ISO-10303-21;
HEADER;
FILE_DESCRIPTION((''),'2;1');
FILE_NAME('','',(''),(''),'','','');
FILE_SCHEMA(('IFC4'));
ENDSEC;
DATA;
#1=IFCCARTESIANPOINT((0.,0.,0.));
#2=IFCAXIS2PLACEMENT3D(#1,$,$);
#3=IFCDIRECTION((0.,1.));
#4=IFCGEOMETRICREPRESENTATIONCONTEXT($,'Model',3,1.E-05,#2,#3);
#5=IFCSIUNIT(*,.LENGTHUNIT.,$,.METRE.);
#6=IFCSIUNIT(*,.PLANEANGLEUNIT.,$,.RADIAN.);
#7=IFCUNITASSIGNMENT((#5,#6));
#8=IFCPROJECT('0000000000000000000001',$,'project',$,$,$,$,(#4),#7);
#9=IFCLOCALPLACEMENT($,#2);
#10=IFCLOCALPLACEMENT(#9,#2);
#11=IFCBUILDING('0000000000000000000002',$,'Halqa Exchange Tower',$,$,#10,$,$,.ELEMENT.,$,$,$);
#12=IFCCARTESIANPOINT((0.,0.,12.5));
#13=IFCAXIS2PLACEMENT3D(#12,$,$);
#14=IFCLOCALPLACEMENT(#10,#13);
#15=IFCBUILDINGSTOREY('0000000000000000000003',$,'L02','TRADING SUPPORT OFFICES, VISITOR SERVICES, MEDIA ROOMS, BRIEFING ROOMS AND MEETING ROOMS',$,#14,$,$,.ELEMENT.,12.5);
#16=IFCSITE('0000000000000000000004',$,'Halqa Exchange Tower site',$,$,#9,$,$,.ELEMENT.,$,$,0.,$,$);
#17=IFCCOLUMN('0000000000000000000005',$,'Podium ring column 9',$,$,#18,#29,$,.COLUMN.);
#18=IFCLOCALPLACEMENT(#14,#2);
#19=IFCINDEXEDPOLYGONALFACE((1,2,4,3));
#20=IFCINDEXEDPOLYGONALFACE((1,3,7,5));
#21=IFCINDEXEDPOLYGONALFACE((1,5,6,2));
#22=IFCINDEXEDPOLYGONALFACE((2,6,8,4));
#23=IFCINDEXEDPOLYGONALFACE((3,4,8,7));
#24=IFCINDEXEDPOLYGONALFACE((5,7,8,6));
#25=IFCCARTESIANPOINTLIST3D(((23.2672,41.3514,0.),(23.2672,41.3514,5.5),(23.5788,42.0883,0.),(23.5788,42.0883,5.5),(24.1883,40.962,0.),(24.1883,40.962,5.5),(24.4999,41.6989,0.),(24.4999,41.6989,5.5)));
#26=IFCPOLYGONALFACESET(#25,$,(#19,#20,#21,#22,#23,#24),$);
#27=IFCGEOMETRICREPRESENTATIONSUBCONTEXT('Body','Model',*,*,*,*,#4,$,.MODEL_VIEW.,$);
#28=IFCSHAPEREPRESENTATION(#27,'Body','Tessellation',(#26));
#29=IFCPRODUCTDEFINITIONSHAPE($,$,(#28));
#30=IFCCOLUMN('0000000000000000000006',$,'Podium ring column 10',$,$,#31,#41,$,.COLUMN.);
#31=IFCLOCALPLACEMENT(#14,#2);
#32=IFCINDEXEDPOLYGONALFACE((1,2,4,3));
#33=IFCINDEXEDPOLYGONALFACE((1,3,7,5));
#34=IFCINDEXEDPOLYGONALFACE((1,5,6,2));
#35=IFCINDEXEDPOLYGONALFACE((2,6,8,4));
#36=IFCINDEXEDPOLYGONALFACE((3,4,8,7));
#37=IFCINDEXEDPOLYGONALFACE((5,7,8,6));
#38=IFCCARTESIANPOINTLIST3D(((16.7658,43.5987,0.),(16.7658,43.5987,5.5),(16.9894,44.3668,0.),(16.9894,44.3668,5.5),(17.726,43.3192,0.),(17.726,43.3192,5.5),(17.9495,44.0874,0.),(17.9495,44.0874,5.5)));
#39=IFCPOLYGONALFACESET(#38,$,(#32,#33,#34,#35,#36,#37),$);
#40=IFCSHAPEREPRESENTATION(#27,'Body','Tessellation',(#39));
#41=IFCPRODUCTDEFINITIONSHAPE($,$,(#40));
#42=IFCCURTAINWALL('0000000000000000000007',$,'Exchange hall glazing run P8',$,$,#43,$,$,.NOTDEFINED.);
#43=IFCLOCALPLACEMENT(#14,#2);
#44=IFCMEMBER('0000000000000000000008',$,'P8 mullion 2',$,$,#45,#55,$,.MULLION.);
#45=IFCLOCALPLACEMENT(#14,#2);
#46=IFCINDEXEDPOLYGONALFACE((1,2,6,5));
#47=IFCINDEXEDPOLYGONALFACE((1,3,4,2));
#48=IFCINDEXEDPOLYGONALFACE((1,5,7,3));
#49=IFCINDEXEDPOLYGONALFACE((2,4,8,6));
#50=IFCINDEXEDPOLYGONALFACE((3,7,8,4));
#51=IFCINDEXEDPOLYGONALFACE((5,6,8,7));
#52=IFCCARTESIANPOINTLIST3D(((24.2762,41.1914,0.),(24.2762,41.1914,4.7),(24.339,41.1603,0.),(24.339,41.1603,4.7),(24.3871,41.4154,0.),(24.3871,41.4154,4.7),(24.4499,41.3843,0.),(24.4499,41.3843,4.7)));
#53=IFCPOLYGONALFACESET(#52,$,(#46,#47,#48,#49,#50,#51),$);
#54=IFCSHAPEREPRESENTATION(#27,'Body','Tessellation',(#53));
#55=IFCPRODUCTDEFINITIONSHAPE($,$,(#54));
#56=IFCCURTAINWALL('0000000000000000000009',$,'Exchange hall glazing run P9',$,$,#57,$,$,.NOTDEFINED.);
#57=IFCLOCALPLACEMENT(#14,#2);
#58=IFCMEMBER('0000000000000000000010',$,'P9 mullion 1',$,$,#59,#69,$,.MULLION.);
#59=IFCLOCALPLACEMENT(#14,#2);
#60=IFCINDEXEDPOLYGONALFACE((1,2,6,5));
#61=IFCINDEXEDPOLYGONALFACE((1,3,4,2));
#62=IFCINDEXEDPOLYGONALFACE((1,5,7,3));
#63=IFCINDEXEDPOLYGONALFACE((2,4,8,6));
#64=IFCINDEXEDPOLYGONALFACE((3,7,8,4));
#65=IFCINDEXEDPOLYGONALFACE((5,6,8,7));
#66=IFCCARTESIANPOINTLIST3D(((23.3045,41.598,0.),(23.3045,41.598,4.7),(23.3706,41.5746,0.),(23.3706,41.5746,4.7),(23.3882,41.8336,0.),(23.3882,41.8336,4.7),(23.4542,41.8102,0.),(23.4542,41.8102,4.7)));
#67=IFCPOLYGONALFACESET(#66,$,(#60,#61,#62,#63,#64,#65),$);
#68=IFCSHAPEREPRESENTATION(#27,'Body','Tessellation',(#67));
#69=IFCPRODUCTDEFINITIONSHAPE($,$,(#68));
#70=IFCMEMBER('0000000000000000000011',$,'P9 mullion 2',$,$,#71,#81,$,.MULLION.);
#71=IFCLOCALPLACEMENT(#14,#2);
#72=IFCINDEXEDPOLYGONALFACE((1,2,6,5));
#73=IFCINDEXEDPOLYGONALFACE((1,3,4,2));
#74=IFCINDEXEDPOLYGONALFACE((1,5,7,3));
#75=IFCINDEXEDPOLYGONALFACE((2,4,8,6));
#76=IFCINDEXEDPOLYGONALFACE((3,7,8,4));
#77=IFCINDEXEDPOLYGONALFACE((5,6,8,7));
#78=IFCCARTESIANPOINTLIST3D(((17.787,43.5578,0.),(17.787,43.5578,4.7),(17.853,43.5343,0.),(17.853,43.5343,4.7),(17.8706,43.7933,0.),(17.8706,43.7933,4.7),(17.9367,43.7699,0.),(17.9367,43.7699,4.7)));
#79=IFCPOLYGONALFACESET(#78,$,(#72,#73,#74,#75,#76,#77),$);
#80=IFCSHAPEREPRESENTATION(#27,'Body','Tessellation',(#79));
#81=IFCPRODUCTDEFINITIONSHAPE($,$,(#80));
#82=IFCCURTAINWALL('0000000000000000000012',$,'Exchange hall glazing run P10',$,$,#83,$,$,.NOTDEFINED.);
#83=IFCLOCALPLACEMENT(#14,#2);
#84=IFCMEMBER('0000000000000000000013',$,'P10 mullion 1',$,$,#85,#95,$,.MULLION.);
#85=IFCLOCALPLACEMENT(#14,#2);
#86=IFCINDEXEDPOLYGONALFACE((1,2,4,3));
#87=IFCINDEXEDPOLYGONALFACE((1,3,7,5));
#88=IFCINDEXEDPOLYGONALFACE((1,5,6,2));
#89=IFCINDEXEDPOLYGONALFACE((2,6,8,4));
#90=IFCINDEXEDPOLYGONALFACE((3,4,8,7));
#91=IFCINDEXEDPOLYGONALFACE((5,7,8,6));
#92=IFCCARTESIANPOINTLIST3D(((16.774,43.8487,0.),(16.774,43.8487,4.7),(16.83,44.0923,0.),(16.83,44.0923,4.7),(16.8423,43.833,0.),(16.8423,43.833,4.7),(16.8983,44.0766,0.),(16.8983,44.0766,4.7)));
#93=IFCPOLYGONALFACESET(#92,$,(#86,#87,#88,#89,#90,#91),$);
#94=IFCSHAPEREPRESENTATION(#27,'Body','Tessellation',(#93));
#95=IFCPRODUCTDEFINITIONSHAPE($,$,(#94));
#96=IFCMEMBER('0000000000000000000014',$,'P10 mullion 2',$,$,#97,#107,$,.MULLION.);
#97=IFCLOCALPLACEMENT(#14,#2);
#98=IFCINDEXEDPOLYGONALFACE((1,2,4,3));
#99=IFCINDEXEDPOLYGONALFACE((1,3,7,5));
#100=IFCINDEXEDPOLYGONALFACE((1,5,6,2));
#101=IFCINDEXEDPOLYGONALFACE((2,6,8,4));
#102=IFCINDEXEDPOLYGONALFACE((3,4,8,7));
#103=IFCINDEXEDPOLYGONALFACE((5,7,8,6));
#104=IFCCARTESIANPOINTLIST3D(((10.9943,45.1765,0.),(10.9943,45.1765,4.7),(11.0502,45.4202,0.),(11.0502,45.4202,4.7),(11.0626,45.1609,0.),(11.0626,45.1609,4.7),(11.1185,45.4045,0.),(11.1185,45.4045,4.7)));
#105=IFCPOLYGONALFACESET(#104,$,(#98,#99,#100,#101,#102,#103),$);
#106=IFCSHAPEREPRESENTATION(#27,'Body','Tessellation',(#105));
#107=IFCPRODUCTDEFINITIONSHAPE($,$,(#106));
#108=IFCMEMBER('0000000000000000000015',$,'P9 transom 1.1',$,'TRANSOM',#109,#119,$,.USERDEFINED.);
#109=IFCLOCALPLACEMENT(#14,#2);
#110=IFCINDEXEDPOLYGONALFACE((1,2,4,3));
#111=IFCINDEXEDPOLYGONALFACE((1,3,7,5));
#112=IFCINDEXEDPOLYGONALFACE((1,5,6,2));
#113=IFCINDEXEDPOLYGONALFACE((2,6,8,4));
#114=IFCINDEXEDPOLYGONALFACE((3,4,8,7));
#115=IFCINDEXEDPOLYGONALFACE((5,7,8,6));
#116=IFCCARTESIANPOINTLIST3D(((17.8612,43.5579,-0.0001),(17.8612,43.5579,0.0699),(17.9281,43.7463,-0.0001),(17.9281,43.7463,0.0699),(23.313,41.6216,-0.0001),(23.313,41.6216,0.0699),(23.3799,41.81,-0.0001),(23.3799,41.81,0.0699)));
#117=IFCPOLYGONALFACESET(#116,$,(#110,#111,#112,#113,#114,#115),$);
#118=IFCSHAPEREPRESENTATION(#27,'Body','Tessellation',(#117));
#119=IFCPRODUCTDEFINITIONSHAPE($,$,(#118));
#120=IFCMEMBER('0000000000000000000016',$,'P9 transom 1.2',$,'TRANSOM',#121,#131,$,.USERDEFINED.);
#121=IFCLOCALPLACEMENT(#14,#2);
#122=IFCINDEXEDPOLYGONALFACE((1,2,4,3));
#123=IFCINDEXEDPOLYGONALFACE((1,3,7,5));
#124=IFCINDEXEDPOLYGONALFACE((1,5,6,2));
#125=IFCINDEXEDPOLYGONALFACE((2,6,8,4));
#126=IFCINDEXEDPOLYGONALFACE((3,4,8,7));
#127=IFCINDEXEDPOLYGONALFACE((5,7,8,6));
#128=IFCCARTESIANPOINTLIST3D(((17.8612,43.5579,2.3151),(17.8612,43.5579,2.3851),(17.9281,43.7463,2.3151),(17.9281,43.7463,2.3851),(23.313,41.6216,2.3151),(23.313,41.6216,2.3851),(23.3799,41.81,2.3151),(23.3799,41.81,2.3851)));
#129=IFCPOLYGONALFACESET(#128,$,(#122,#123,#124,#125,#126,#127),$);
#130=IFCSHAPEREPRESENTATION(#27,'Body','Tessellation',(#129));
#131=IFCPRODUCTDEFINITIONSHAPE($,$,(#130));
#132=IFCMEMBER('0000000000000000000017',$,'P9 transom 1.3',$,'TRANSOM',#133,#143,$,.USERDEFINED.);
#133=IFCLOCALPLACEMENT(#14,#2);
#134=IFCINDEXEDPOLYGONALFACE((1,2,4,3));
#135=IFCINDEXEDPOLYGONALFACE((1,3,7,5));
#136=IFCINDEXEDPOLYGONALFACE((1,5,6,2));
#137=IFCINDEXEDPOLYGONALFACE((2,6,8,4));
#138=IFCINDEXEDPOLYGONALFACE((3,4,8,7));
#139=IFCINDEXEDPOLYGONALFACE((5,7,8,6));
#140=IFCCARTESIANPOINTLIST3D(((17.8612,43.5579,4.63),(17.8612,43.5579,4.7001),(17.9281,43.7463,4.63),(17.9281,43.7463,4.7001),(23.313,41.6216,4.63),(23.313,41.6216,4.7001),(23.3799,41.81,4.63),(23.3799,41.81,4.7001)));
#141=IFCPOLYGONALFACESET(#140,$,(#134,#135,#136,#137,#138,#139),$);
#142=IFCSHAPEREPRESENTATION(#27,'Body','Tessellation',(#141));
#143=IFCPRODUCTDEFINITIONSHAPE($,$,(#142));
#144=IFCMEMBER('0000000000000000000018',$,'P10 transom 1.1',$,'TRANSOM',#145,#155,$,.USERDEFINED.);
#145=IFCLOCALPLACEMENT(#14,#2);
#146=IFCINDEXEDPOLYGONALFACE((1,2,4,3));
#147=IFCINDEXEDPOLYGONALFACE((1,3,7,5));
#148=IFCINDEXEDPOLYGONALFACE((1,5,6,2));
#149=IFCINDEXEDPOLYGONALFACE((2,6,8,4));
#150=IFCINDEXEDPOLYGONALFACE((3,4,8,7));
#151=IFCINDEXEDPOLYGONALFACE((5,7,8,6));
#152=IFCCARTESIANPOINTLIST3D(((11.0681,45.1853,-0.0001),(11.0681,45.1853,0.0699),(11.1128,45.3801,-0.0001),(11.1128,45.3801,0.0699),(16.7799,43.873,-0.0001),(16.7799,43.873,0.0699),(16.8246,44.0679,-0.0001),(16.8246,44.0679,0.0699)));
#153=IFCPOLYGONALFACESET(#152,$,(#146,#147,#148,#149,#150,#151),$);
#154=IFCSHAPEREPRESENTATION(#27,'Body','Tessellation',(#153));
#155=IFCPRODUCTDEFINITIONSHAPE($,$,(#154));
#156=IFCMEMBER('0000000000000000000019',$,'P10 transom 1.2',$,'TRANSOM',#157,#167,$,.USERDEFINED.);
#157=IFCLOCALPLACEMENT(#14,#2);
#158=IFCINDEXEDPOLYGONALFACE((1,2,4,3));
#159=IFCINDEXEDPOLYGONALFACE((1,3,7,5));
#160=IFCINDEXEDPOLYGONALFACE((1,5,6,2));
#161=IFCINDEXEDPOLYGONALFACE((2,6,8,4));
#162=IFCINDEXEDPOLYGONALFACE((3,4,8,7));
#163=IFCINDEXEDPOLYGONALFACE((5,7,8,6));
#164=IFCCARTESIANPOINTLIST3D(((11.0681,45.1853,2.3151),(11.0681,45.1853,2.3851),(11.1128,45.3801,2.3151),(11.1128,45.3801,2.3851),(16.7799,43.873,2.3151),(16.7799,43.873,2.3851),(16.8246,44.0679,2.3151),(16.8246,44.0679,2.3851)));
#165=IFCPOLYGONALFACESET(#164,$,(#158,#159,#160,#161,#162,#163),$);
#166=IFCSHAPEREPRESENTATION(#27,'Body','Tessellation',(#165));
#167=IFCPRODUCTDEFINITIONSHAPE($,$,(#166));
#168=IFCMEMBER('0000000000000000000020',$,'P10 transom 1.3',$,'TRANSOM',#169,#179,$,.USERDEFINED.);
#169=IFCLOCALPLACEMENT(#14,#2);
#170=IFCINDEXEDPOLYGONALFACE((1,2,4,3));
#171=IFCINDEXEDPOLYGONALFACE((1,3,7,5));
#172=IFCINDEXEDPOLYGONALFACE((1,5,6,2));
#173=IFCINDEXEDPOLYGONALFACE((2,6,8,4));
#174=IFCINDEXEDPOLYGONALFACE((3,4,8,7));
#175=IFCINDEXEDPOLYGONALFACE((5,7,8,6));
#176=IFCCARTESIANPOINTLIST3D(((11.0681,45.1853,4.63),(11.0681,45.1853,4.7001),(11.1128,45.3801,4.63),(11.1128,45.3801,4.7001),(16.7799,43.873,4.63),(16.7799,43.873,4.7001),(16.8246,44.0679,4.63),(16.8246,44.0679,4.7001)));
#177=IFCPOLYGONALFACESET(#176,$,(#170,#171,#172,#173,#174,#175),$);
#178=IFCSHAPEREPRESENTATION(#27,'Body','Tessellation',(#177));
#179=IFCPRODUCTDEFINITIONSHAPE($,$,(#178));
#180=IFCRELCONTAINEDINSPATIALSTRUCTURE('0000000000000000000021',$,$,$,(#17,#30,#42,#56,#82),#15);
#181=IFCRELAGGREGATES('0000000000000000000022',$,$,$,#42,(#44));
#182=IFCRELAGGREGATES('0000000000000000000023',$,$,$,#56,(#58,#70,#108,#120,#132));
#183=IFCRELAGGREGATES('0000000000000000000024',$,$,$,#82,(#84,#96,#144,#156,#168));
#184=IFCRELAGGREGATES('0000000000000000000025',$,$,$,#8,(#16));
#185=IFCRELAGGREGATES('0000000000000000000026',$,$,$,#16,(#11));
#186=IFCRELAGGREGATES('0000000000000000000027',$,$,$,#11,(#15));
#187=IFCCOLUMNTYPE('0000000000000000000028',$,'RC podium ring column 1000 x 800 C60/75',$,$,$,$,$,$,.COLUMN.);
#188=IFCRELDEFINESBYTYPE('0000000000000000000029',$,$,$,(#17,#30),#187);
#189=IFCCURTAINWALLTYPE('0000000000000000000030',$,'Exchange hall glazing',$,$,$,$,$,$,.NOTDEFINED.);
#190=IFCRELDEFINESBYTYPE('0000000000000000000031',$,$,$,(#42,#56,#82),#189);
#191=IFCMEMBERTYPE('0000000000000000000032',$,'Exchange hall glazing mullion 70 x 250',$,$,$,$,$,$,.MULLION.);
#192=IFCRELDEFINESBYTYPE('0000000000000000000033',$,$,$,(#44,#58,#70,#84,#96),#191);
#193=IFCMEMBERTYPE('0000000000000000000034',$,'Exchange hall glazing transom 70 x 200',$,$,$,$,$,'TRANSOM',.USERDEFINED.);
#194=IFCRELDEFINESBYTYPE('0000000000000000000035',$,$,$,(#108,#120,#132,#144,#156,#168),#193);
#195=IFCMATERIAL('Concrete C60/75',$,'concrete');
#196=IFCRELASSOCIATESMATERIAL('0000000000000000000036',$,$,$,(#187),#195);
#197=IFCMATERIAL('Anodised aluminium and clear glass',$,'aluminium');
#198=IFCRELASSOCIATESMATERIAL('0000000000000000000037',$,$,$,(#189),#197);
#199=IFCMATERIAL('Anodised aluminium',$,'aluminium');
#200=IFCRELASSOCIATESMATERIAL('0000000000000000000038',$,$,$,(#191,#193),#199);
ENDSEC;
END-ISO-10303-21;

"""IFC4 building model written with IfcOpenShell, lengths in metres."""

from ifc_helpers import new_model, si_unit, direction, frame, origin, origin_2d, place, context, subcontext, project, spatial, rectangle, extrude, material, material_profile, profile_set, type_object, element, aggregate, save


model = new_model("IFC4")

# Units and contexts
model_context = context("Model", 3, precision=1e-05, world=origin(), true_north=direction((0.0, 1.0)))
body_context = subcontext(model_context, "Body", "Model", "MODEL_VIEW")
ifc_project = project(units=[si_unit("LENGTHUNIT", "METRE"), si_unit("PLANEANGLEUNIT", "RADIAN")], contexts=[model_context])

# Site, building, storey
site_placement = place(None, origin())
site = spatial("IfcSite", under=ifc_project, at=site_placement, Name="Halqa Exchange Tower site", CompositionType="ELEMENT", RefElevation=0.0)
building_placement = place(site_placement, origin())
building = spatial("IfcBuilding", under=site, at=building_placement, Name="Halqa Exchange Tower", CompositionType="ELEMENT")
storey_placement = place(building_placement, frame((0.0, 0.0, 12.5)))
storey = spatial("IfcBuildingStorey", under=building, at=storey_placement, Name="L02", Description="TRADING SUPPORT OFFICES, VISITOR SERVICES, MEDIA ROOMS, BRIEFING ROOMS AND MEETING ROOMS", CompositionType="ELEMENT", Elevation=12.5)

# Columns
ifc_material_1 = material(Name="Concrete C60/75", Category="concrete")
ifc_material_profile_1 = material_profile(ifc_material_1, rectangle(XDim=1.0, YDim=0.8, at=origin_2d()), Name="1000 x 800")
ifc_profile_set_1 = profile_set([ifc_material_profile_1], Name="Concrete C60/75")
column_type = type_object("IfcColumnType", Name="RC podium ring column 1000 x 800 C60/75", PredefinedType="COLUMN", material=ifc_profile_set_1)
for number, where, z_axis, x_axis, name in (
    (1, (23.8835, 41.5251, 0.0), (0.0, 0.0, 1.0), (-0.921048, 0.389449, 0.0), "Podium ring column 9"),
    (2, (17.3577, 43.843, 0.0), (0.0, 0.0, 1.0), (-0.960158, 0.279459, 0.0), "Podium ring column 10"),
):
    element("IfcColumn", number, at=place(storey_placement, frame(where, z_axis=z_axis, x_axis=x_axis)), inside=storey, type_object=column_type, Name=name, PredefinedType="COLUMN", context=body_context, shape_type="SweptSolid", body=[
        extrude(rectangle(XDim=1.0, YDim=0.8, at=origin_2d()), origin(), (0.0, 0.0, 1.0), 5.5),
    ])

# Curtain wall, member
ifc_material_2 = material(Name="Anodised aluminium and clear glass", Category="aluminium")
curtain_wall_type = type_object("IfcCurtainWallType", Name="Exchange hall glazing", PredefinedType="NOTDEFINED", material=ifc_material_2)
curtain_wall_1_placement = place(storey_placement, origin())
curtain_wall_1 = element("IfcCurtainWall", 3, at=curtain_wall_1_placement, inside=storey, type_object=curtain_wall_type, Name="Exchange hall glazing run P8", PredefinedType="NOTDEFINED")
ifc_material_3 = material(Name="Anodised aluminium", Category="aluminium")
ifc_material_profile_2 = material_profile(ifc_material_3, rectangle(XDim=0.25, YDim=0.0701, at=origin_2d()), Name="AL 70x250")
ifc_profile_set_2 = profile_set([ifc_material_profile_2], Name="Anodised aluminium")
member_type_1 = type_object("IfcMemberType", Name="Exchange hall glazing mullion 70 x 250", PredefinedType="MULLION", material=ifc_profile_set_2)
member_1_placement = place(storey_placement, frame((24.363, 41.2878, 0.0), z_axis=(0.0, 0.0, 1.0), x_axis=(-0.443653, -0.896198, 0.0)))
member_1 = element("IfcMember", 4, at=member_1_placement, type_object=member_type_1, Name="P8 mullion 2", PredefinedType="MULLION", context=body_context, shape_type="SweptSolid", body=[
    extrude(rectangle(XDim=0.25, YDim=0.0701, at=origin_2d()), origin(), (0.0, 0.0, 1.0), 4.7),
])

# Curtain walls, members
curtain_wall_2_placement = place(storey_placement, origin())
curtain_wall_2 = element("IfcCurtainWall", 5, at=curtain_wall_2_placement, inside=storey, type_object=curtain_wall_type, Name="Exchange hall glazing run P9", PredefinedType="NOTDEFINED")
member_2_placement = place(storey_placement, frame((23.3794, 41.7041, 0.0), z_axis=(0.0, 0.0, 1.0), x_axis=(-0.334688, -0.942329, 0.0)))
member_2 = element("IfcMember", 6, at=member_2_placement, type_object=member_type_1, Name="P9 mullion 1", PredefinedType="MULLION", context=body_context, shape_type="SweptSolid", body=[
    extrude(rectangle(XDim=0.25, YDim=0.0701, at=origin_2d()), origin(), (0.0, 0.0, 1.0), 4.7),
])
member_3_placement = place(storey_placement, frame((17.8618, 43.6638, 0.0), z_axis=(0.0, 0.0, 1.0), x_axis=(-0.334688, -0.942329, 0.0)))
member_3 = element("IfcMember", 7, at=member_3_placement, type_object=member_type_1, Name="P9 mullion 2", PredefinedType="MULLION", context=body_context, shape_type="SweptSolid", body=[
    extrude(rectangle(XDim=0.25, YDim=0.0701, at=origin_2d()), origin(), (0.0, 0.0, 1.0), 4.7),
])
curtain_wall_3_placement = place(storey_placement, origin())
curtain_wall_3 = element("IfcCurtainWall", 8, at=curtain_wall_3_placement, inside=storey, type_object=curtain_wall_type, Name="Exchange hall glazing run P10", PredefinedType="NOTDEFINED")
member_4_placement = place(storey_placement, frame((16.8362, 43.9626, 0.0), z_axis=(0.0, 0.0, 1.0), x_axis=(-0.223897, -0.974613, 0.0)))
member_4 = element("IfcMember", 9, at=member_4_placement, type_object=member_type_1, Name="P10 mullion 1", PredefinedType="MULLION", context=body_context, shape_type="SweptSolid", body=[
    extrude(rectangle(XDim=0.25, YDim=0.0701, at=origin_2d()), origin(), (0.0, 0.0, 1.0), 4.7),
])
member_5_placement = place(storey_placement, frame((11.0564, 45.2905, 0.0), z_axis=(0.0, 0.0, 1.0), x_axis=(-0.223897, -0.974613, 0.0)))
member_5 = element("IfcMember", 10, at=member_5_placement, type_object=member_type_1, Name="P10 mullion 2", PredefinedType="MULLION", context=body_context, shape_type="SweptSolid", body=[
    extrude(rectangle(XDim=0.25, YDim=0.0701, at=origin_2d()), origin(), (0.0, 0.0, 1.0), 4.7),
])

# Members
ifc_material_profile_3 = material_profile(ifc_material_3, rectangle(XDim=0.2, YDim=0.0701, at=origin_2d()), Name="AL 70x200")
ifc_profile_set_3 = profile_set([ifc_material_profile_3], Name="Anodised aluminium")
member_type_2 = type_object("IfcMemberType", Name="Exchange hall glazing transom 70 x 200", ElementType="TRANSOM", PredefinedType="USERDEFINED", material=ifc_profile_set_3)
member_6_placement = place(storey_placement, frame((23.3464, 41.7158, 0.0349), z_axis=(-0.942329, 0.334689, 0.0), x_axis=(-0.334689, -0.942329, 0.0)))
member_6 = element("IfcMember", 11, at=member_6_placement, type_object=member_type_2, Name="P9 transom 1.1", ObjectType="TRANSOM", PredefinedType="USERDEFINED", context=body_context, shape_type="SweptSolid", body=[
    extrude(rectangle(XDim=0.2, YDim=0.0701, at=origin_2d()), origin(), (0.0, 0.0, 1.0), 5.7854),
])
member_7_placement = place(storey_placement, frame((23.3464, 41.7158, 2.3501), z_axis=(-0.942329, 0.334689, 0.0), x_axis=(-0.334689, -0.942329, 0.0)))
member_7 = element("IfcMember", 12, at=member_7_placement, type_object=member_type_2, Name="P9 transom 1.2", ObjectType="TRANSOM", PredefinedType="USERDEFINED", context=body_context, shape_type="SweptSolid", body=[
    extrude(rectangle(XDim=0.2, YDim=0.0701, at=origin_2d()), origin(), (0.0, 0.0, 1.0), 5.7854),
])
member_8_placement = place(storey_placement, frame((23.3464, 41.7158, 4.665), z_axis=(-0.942329, 0.334689, 0.0), x_axis=(-0.334689, -0.942329, 0.0)))
member_8 = element("IfcMember", 13, at=member_8_placement, type_object=member_type_2, Name="P9 transom 1.3", ObjectType="TRANSOM", PredefinedType="USERDEFINED", context=body_context, shape_type="SweptSolid", body=[
    extrude(rectangle(XDim=0.2, YDim=0.0701, at=origin_2d()), origin(), (0.0, 0.0, 1.0), 5.7854),
])
member_9_placement = place(storey_placement, frame((16.8022, 43.9705, 0.0349), z_axis=(-0.97461, 0.223907, 0.0), x_axis=(-0.223907, -0.97461, 0.0)))
member_9 = element("IfcMember", 14, at=member_9_placement, type_object=member_type_2, Name="P10 transom 1.1", ObjectType="TRANSOM", PredefinedType="USERDEFINED", context=body_context, shape_type="SweptSolid", body=[
    extrude(rectangle(XDim=0.2, YDim=0.0701, at=origin_2d()), origin(), (0.0, 0.0, 1.0), 5.8606),
])
member_10_placement = place(storey_placement, frame((16.8022, 43.9705, 2.3501), z_axis=(-0.97461, 0.223907, 0.0), x_axis=(-0.223907, -0.97461, 0.0)))
member_10 = element("IfcMember", 15, at=member_10_placement, type_object=member_type_2, Name="P10 transom 1.2", ObjectType="TRANSOM", PredefinedType="USERDEFINED", context=body_context, shape_type="SweptSolid", body=[
    extrude(rectangle(XDim=0.2, YDim=0.0701, at=origin_2d()), origin(), (0.0, 0.0, 1.0), 5.8606),
])
member_11_placement = place(storey_placement, frame((16.8022, 43.9705, 4.665), z_axis=(-0.97461, 0.223907, 0.0), x_axis=(-0.223907, -0.97461, 0.0)))
member_11 = element("IfcMember", 16, at=member_11_placement, type_object=member_type_2, Name="P10 transom 1.3", ObjectType="TRANSOM", PredefinedType="USERDEFINED", context=body_context, shape_type="SweptSolid", body=[
    extrude(rectangle(XDim=0.2, YDim=0.0701, at=origin_2d()), origin(), (0.0, 0.0, 1.0), 5.8606),
])

aggregate(curtain_wall_1, [member_1])
aggregate(curtain_wall_2, [member_2, member_3, member_6, member_7, member_8])
aggregate(curtain_wall_3, [member_4, member_5, member_9, member_10, member_11])

save(model, "model.ifc")
